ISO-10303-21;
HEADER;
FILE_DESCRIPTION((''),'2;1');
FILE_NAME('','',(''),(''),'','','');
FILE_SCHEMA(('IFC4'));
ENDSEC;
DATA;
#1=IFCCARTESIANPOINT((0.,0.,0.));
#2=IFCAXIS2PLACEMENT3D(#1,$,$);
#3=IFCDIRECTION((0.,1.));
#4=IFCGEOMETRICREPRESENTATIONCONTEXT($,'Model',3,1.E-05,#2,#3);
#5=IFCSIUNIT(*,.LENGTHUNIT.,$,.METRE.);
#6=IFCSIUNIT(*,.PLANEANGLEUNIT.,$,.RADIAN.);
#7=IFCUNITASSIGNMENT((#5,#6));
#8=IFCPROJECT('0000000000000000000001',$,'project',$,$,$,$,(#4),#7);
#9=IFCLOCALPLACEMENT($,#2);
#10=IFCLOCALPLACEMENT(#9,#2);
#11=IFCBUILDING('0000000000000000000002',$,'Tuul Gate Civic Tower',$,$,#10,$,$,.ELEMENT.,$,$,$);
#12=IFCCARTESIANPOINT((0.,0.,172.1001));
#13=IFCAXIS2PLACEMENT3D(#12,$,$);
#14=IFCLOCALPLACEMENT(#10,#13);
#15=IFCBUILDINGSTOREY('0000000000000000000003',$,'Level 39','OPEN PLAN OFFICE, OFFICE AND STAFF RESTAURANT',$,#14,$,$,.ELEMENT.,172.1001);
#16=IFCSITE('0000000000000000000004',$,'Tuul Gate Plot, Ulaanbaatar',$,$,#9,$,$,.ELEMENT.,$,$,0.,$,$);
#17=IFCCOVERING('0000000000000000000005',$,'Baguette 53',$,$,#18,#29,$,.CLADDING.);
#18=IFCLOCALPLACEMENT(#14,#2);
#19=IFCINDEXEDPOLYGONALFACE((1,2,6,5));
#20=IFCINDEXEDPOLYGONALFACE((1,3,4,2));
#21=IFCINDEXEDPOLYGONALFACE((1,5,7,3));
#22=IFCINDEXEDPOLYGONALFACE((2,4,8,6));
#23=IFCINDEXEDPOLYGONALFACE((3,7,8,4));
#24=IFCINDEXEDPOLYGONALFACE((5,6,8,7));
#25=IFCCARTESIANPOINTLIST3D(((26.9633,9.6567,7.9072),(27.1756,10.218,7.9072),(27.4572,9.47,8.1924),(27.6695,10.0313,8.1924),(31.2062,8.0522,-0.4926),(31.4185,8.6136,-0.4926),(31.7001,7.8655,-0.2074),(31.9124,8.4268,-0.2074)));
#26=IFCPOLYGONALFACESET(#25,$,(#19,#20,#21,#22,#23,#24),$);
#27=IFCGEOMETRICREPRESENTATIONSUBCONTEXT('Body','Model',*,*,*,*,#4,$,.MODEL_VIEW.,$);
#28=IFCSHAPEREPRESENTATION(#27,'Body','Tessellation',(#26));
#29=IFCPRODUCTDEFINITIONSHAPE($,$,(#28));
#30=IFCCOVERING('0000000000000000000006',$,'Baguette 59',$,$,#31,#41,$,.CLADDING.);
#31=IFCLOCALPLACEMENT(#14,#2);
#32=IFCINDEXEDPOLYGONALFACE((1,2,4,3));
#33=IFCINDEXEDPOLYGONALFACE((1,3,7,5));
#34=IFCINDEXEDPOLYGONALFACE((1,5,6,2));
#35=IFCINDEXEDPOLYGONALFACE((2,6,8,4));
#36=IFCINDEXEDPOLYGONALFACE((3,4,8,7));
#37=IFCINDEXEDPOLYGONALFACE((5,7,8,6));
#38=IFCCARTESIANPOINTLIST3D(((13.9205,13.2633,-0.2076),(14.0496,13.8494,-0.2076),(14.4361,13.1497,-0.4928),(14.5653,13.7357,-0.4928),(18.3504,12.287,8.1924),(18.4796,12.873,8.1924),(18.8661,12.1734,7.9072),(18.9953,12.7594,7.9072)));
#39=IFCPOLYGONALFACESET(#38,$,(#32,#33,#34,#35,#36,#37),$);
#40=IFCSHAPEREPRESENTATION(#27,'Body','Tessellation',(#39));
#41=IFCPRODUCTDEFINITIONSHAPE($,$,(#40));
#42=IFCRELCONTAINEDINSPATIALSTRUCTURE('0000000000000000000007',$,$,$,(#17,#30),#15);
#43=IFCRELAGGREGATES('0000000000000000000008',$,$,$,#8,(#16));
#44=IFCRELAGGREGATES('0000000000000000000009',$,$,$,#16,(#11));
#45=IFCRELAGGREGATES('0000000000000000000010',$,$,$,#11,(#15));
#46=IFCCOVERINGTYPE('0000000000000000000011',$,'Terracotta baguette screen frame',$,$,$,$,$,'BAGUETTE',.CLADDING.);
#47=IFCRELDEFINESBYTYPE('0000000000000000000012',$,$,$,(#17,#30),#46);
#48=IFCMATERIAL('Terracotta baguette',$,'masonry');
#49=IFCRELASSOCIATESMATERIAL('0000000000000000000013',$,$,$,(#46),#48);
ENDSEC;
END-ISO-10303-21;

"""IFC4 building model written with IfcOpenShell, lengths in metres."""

from ifc_helpers import new_model, si_unit, direction, frame, origin, origin_2d, place, context, subcontext, project, spatial, rectangle, extrude, material, material_profile, profile_set, type_object, element, save


model = new_model("IFC4")

# Units and contexts
model_context = context("Model", 3, precision=1e-05, world=origin(), true_north=direction((0.0, 1.0)))
body_context = subcontext(model_context, "Body", "Model", "MODEL_VIEW")
ifc_project = project(units=[si_unit("LENGTHUNIT", "METRE"), si_unit("PLANEANGLEUNIT", "RADIAN")], contexts=[model_context])

# Site, building, storey
site_placement = place(None, origin())
site = spatial("IfcSite", under=ifc_project, at=site_placement, Name="Tuul Gate Plot, Ulaanbaatar", CompositionType="ELEMENT", RefElevation=0.0)
building_placement = place(site_placement, origin())
building = spatial("IfcBuilding", under=site, at=building_placement, Name="Tuul Gate Civic Tower", CompositionType="ELEMENT")
storey_placement = place(building_placement, frame((0.0, 0.0, 172.1001)))
storey = spatial("IfcBuildingStorey", under=building, at=storey_placement, Name="Level 39", Description="OPEN PLAN OFFICE, OFFICE AND STAFF RESTAURANT", CompositionType="ELEMENT", Elevation=172.1001)

# Coverings
ifc_material_1 = material(Name="Terracotta baguette", Category="masonry")
ifc_material_profile_1 = material_profile(ifc_material_1, rectangle(XDim=0.6001, YDim=0.6001, at=origin_2d()), Name="Terracotta baguette screen frame")
ifc_profile_set_1 = profile_set([ifc_material_profile_1], Name="Terracotta baguette")
covering_type = type_object("IfcCoveringType", Name="Terracotta baguette screen frame", ElementType="BAGUETTE", PredefinedType="CLADDING", material=ifc_profile_set_1)
covering_1_placement = place(storey_placement, frame((27.3164, 9.844, 8.0498), z_axis=(0.444449, -0.168072, -0.879896), x_axis=(0.353711, 0.935355, 0.0)))
element("IfcCovering", 1, at=covering_1_placement, inside=storey, type_object=covering_type, Name="Baguette 53", PredefinedType="CLADDING", context=body_context, shape_type="SweptSolid", body=[
    extrude(rectangle(XDim=0.6001, YDim=0.6001, at=origin_2d()), origin(), (0.0, 0.0, 1.0), 9.5464),
])
covering_2_placement = place(storey_placement, frame((18.6729, 12.5232, 8.0498), z_axis=(-0.464037, 0.10227, -0.879892), x_axis=(-0.215226, -0.976564, 0.0)))
element("IfcCovering", 2, at=covering_2_placement, inside=storey, type_object=covering_type, Name="Baguette 59", PredefinedType="CLADDING", context=body_context, shape_type="SweptSolid", body=[
    extrude(rectangle(XDim=0.6001, YDim=0.6001, at=origin_2d()), origin(), (0.0, 0.0, 1.0), 9.5466),
])

save(model, "model.ifc")
